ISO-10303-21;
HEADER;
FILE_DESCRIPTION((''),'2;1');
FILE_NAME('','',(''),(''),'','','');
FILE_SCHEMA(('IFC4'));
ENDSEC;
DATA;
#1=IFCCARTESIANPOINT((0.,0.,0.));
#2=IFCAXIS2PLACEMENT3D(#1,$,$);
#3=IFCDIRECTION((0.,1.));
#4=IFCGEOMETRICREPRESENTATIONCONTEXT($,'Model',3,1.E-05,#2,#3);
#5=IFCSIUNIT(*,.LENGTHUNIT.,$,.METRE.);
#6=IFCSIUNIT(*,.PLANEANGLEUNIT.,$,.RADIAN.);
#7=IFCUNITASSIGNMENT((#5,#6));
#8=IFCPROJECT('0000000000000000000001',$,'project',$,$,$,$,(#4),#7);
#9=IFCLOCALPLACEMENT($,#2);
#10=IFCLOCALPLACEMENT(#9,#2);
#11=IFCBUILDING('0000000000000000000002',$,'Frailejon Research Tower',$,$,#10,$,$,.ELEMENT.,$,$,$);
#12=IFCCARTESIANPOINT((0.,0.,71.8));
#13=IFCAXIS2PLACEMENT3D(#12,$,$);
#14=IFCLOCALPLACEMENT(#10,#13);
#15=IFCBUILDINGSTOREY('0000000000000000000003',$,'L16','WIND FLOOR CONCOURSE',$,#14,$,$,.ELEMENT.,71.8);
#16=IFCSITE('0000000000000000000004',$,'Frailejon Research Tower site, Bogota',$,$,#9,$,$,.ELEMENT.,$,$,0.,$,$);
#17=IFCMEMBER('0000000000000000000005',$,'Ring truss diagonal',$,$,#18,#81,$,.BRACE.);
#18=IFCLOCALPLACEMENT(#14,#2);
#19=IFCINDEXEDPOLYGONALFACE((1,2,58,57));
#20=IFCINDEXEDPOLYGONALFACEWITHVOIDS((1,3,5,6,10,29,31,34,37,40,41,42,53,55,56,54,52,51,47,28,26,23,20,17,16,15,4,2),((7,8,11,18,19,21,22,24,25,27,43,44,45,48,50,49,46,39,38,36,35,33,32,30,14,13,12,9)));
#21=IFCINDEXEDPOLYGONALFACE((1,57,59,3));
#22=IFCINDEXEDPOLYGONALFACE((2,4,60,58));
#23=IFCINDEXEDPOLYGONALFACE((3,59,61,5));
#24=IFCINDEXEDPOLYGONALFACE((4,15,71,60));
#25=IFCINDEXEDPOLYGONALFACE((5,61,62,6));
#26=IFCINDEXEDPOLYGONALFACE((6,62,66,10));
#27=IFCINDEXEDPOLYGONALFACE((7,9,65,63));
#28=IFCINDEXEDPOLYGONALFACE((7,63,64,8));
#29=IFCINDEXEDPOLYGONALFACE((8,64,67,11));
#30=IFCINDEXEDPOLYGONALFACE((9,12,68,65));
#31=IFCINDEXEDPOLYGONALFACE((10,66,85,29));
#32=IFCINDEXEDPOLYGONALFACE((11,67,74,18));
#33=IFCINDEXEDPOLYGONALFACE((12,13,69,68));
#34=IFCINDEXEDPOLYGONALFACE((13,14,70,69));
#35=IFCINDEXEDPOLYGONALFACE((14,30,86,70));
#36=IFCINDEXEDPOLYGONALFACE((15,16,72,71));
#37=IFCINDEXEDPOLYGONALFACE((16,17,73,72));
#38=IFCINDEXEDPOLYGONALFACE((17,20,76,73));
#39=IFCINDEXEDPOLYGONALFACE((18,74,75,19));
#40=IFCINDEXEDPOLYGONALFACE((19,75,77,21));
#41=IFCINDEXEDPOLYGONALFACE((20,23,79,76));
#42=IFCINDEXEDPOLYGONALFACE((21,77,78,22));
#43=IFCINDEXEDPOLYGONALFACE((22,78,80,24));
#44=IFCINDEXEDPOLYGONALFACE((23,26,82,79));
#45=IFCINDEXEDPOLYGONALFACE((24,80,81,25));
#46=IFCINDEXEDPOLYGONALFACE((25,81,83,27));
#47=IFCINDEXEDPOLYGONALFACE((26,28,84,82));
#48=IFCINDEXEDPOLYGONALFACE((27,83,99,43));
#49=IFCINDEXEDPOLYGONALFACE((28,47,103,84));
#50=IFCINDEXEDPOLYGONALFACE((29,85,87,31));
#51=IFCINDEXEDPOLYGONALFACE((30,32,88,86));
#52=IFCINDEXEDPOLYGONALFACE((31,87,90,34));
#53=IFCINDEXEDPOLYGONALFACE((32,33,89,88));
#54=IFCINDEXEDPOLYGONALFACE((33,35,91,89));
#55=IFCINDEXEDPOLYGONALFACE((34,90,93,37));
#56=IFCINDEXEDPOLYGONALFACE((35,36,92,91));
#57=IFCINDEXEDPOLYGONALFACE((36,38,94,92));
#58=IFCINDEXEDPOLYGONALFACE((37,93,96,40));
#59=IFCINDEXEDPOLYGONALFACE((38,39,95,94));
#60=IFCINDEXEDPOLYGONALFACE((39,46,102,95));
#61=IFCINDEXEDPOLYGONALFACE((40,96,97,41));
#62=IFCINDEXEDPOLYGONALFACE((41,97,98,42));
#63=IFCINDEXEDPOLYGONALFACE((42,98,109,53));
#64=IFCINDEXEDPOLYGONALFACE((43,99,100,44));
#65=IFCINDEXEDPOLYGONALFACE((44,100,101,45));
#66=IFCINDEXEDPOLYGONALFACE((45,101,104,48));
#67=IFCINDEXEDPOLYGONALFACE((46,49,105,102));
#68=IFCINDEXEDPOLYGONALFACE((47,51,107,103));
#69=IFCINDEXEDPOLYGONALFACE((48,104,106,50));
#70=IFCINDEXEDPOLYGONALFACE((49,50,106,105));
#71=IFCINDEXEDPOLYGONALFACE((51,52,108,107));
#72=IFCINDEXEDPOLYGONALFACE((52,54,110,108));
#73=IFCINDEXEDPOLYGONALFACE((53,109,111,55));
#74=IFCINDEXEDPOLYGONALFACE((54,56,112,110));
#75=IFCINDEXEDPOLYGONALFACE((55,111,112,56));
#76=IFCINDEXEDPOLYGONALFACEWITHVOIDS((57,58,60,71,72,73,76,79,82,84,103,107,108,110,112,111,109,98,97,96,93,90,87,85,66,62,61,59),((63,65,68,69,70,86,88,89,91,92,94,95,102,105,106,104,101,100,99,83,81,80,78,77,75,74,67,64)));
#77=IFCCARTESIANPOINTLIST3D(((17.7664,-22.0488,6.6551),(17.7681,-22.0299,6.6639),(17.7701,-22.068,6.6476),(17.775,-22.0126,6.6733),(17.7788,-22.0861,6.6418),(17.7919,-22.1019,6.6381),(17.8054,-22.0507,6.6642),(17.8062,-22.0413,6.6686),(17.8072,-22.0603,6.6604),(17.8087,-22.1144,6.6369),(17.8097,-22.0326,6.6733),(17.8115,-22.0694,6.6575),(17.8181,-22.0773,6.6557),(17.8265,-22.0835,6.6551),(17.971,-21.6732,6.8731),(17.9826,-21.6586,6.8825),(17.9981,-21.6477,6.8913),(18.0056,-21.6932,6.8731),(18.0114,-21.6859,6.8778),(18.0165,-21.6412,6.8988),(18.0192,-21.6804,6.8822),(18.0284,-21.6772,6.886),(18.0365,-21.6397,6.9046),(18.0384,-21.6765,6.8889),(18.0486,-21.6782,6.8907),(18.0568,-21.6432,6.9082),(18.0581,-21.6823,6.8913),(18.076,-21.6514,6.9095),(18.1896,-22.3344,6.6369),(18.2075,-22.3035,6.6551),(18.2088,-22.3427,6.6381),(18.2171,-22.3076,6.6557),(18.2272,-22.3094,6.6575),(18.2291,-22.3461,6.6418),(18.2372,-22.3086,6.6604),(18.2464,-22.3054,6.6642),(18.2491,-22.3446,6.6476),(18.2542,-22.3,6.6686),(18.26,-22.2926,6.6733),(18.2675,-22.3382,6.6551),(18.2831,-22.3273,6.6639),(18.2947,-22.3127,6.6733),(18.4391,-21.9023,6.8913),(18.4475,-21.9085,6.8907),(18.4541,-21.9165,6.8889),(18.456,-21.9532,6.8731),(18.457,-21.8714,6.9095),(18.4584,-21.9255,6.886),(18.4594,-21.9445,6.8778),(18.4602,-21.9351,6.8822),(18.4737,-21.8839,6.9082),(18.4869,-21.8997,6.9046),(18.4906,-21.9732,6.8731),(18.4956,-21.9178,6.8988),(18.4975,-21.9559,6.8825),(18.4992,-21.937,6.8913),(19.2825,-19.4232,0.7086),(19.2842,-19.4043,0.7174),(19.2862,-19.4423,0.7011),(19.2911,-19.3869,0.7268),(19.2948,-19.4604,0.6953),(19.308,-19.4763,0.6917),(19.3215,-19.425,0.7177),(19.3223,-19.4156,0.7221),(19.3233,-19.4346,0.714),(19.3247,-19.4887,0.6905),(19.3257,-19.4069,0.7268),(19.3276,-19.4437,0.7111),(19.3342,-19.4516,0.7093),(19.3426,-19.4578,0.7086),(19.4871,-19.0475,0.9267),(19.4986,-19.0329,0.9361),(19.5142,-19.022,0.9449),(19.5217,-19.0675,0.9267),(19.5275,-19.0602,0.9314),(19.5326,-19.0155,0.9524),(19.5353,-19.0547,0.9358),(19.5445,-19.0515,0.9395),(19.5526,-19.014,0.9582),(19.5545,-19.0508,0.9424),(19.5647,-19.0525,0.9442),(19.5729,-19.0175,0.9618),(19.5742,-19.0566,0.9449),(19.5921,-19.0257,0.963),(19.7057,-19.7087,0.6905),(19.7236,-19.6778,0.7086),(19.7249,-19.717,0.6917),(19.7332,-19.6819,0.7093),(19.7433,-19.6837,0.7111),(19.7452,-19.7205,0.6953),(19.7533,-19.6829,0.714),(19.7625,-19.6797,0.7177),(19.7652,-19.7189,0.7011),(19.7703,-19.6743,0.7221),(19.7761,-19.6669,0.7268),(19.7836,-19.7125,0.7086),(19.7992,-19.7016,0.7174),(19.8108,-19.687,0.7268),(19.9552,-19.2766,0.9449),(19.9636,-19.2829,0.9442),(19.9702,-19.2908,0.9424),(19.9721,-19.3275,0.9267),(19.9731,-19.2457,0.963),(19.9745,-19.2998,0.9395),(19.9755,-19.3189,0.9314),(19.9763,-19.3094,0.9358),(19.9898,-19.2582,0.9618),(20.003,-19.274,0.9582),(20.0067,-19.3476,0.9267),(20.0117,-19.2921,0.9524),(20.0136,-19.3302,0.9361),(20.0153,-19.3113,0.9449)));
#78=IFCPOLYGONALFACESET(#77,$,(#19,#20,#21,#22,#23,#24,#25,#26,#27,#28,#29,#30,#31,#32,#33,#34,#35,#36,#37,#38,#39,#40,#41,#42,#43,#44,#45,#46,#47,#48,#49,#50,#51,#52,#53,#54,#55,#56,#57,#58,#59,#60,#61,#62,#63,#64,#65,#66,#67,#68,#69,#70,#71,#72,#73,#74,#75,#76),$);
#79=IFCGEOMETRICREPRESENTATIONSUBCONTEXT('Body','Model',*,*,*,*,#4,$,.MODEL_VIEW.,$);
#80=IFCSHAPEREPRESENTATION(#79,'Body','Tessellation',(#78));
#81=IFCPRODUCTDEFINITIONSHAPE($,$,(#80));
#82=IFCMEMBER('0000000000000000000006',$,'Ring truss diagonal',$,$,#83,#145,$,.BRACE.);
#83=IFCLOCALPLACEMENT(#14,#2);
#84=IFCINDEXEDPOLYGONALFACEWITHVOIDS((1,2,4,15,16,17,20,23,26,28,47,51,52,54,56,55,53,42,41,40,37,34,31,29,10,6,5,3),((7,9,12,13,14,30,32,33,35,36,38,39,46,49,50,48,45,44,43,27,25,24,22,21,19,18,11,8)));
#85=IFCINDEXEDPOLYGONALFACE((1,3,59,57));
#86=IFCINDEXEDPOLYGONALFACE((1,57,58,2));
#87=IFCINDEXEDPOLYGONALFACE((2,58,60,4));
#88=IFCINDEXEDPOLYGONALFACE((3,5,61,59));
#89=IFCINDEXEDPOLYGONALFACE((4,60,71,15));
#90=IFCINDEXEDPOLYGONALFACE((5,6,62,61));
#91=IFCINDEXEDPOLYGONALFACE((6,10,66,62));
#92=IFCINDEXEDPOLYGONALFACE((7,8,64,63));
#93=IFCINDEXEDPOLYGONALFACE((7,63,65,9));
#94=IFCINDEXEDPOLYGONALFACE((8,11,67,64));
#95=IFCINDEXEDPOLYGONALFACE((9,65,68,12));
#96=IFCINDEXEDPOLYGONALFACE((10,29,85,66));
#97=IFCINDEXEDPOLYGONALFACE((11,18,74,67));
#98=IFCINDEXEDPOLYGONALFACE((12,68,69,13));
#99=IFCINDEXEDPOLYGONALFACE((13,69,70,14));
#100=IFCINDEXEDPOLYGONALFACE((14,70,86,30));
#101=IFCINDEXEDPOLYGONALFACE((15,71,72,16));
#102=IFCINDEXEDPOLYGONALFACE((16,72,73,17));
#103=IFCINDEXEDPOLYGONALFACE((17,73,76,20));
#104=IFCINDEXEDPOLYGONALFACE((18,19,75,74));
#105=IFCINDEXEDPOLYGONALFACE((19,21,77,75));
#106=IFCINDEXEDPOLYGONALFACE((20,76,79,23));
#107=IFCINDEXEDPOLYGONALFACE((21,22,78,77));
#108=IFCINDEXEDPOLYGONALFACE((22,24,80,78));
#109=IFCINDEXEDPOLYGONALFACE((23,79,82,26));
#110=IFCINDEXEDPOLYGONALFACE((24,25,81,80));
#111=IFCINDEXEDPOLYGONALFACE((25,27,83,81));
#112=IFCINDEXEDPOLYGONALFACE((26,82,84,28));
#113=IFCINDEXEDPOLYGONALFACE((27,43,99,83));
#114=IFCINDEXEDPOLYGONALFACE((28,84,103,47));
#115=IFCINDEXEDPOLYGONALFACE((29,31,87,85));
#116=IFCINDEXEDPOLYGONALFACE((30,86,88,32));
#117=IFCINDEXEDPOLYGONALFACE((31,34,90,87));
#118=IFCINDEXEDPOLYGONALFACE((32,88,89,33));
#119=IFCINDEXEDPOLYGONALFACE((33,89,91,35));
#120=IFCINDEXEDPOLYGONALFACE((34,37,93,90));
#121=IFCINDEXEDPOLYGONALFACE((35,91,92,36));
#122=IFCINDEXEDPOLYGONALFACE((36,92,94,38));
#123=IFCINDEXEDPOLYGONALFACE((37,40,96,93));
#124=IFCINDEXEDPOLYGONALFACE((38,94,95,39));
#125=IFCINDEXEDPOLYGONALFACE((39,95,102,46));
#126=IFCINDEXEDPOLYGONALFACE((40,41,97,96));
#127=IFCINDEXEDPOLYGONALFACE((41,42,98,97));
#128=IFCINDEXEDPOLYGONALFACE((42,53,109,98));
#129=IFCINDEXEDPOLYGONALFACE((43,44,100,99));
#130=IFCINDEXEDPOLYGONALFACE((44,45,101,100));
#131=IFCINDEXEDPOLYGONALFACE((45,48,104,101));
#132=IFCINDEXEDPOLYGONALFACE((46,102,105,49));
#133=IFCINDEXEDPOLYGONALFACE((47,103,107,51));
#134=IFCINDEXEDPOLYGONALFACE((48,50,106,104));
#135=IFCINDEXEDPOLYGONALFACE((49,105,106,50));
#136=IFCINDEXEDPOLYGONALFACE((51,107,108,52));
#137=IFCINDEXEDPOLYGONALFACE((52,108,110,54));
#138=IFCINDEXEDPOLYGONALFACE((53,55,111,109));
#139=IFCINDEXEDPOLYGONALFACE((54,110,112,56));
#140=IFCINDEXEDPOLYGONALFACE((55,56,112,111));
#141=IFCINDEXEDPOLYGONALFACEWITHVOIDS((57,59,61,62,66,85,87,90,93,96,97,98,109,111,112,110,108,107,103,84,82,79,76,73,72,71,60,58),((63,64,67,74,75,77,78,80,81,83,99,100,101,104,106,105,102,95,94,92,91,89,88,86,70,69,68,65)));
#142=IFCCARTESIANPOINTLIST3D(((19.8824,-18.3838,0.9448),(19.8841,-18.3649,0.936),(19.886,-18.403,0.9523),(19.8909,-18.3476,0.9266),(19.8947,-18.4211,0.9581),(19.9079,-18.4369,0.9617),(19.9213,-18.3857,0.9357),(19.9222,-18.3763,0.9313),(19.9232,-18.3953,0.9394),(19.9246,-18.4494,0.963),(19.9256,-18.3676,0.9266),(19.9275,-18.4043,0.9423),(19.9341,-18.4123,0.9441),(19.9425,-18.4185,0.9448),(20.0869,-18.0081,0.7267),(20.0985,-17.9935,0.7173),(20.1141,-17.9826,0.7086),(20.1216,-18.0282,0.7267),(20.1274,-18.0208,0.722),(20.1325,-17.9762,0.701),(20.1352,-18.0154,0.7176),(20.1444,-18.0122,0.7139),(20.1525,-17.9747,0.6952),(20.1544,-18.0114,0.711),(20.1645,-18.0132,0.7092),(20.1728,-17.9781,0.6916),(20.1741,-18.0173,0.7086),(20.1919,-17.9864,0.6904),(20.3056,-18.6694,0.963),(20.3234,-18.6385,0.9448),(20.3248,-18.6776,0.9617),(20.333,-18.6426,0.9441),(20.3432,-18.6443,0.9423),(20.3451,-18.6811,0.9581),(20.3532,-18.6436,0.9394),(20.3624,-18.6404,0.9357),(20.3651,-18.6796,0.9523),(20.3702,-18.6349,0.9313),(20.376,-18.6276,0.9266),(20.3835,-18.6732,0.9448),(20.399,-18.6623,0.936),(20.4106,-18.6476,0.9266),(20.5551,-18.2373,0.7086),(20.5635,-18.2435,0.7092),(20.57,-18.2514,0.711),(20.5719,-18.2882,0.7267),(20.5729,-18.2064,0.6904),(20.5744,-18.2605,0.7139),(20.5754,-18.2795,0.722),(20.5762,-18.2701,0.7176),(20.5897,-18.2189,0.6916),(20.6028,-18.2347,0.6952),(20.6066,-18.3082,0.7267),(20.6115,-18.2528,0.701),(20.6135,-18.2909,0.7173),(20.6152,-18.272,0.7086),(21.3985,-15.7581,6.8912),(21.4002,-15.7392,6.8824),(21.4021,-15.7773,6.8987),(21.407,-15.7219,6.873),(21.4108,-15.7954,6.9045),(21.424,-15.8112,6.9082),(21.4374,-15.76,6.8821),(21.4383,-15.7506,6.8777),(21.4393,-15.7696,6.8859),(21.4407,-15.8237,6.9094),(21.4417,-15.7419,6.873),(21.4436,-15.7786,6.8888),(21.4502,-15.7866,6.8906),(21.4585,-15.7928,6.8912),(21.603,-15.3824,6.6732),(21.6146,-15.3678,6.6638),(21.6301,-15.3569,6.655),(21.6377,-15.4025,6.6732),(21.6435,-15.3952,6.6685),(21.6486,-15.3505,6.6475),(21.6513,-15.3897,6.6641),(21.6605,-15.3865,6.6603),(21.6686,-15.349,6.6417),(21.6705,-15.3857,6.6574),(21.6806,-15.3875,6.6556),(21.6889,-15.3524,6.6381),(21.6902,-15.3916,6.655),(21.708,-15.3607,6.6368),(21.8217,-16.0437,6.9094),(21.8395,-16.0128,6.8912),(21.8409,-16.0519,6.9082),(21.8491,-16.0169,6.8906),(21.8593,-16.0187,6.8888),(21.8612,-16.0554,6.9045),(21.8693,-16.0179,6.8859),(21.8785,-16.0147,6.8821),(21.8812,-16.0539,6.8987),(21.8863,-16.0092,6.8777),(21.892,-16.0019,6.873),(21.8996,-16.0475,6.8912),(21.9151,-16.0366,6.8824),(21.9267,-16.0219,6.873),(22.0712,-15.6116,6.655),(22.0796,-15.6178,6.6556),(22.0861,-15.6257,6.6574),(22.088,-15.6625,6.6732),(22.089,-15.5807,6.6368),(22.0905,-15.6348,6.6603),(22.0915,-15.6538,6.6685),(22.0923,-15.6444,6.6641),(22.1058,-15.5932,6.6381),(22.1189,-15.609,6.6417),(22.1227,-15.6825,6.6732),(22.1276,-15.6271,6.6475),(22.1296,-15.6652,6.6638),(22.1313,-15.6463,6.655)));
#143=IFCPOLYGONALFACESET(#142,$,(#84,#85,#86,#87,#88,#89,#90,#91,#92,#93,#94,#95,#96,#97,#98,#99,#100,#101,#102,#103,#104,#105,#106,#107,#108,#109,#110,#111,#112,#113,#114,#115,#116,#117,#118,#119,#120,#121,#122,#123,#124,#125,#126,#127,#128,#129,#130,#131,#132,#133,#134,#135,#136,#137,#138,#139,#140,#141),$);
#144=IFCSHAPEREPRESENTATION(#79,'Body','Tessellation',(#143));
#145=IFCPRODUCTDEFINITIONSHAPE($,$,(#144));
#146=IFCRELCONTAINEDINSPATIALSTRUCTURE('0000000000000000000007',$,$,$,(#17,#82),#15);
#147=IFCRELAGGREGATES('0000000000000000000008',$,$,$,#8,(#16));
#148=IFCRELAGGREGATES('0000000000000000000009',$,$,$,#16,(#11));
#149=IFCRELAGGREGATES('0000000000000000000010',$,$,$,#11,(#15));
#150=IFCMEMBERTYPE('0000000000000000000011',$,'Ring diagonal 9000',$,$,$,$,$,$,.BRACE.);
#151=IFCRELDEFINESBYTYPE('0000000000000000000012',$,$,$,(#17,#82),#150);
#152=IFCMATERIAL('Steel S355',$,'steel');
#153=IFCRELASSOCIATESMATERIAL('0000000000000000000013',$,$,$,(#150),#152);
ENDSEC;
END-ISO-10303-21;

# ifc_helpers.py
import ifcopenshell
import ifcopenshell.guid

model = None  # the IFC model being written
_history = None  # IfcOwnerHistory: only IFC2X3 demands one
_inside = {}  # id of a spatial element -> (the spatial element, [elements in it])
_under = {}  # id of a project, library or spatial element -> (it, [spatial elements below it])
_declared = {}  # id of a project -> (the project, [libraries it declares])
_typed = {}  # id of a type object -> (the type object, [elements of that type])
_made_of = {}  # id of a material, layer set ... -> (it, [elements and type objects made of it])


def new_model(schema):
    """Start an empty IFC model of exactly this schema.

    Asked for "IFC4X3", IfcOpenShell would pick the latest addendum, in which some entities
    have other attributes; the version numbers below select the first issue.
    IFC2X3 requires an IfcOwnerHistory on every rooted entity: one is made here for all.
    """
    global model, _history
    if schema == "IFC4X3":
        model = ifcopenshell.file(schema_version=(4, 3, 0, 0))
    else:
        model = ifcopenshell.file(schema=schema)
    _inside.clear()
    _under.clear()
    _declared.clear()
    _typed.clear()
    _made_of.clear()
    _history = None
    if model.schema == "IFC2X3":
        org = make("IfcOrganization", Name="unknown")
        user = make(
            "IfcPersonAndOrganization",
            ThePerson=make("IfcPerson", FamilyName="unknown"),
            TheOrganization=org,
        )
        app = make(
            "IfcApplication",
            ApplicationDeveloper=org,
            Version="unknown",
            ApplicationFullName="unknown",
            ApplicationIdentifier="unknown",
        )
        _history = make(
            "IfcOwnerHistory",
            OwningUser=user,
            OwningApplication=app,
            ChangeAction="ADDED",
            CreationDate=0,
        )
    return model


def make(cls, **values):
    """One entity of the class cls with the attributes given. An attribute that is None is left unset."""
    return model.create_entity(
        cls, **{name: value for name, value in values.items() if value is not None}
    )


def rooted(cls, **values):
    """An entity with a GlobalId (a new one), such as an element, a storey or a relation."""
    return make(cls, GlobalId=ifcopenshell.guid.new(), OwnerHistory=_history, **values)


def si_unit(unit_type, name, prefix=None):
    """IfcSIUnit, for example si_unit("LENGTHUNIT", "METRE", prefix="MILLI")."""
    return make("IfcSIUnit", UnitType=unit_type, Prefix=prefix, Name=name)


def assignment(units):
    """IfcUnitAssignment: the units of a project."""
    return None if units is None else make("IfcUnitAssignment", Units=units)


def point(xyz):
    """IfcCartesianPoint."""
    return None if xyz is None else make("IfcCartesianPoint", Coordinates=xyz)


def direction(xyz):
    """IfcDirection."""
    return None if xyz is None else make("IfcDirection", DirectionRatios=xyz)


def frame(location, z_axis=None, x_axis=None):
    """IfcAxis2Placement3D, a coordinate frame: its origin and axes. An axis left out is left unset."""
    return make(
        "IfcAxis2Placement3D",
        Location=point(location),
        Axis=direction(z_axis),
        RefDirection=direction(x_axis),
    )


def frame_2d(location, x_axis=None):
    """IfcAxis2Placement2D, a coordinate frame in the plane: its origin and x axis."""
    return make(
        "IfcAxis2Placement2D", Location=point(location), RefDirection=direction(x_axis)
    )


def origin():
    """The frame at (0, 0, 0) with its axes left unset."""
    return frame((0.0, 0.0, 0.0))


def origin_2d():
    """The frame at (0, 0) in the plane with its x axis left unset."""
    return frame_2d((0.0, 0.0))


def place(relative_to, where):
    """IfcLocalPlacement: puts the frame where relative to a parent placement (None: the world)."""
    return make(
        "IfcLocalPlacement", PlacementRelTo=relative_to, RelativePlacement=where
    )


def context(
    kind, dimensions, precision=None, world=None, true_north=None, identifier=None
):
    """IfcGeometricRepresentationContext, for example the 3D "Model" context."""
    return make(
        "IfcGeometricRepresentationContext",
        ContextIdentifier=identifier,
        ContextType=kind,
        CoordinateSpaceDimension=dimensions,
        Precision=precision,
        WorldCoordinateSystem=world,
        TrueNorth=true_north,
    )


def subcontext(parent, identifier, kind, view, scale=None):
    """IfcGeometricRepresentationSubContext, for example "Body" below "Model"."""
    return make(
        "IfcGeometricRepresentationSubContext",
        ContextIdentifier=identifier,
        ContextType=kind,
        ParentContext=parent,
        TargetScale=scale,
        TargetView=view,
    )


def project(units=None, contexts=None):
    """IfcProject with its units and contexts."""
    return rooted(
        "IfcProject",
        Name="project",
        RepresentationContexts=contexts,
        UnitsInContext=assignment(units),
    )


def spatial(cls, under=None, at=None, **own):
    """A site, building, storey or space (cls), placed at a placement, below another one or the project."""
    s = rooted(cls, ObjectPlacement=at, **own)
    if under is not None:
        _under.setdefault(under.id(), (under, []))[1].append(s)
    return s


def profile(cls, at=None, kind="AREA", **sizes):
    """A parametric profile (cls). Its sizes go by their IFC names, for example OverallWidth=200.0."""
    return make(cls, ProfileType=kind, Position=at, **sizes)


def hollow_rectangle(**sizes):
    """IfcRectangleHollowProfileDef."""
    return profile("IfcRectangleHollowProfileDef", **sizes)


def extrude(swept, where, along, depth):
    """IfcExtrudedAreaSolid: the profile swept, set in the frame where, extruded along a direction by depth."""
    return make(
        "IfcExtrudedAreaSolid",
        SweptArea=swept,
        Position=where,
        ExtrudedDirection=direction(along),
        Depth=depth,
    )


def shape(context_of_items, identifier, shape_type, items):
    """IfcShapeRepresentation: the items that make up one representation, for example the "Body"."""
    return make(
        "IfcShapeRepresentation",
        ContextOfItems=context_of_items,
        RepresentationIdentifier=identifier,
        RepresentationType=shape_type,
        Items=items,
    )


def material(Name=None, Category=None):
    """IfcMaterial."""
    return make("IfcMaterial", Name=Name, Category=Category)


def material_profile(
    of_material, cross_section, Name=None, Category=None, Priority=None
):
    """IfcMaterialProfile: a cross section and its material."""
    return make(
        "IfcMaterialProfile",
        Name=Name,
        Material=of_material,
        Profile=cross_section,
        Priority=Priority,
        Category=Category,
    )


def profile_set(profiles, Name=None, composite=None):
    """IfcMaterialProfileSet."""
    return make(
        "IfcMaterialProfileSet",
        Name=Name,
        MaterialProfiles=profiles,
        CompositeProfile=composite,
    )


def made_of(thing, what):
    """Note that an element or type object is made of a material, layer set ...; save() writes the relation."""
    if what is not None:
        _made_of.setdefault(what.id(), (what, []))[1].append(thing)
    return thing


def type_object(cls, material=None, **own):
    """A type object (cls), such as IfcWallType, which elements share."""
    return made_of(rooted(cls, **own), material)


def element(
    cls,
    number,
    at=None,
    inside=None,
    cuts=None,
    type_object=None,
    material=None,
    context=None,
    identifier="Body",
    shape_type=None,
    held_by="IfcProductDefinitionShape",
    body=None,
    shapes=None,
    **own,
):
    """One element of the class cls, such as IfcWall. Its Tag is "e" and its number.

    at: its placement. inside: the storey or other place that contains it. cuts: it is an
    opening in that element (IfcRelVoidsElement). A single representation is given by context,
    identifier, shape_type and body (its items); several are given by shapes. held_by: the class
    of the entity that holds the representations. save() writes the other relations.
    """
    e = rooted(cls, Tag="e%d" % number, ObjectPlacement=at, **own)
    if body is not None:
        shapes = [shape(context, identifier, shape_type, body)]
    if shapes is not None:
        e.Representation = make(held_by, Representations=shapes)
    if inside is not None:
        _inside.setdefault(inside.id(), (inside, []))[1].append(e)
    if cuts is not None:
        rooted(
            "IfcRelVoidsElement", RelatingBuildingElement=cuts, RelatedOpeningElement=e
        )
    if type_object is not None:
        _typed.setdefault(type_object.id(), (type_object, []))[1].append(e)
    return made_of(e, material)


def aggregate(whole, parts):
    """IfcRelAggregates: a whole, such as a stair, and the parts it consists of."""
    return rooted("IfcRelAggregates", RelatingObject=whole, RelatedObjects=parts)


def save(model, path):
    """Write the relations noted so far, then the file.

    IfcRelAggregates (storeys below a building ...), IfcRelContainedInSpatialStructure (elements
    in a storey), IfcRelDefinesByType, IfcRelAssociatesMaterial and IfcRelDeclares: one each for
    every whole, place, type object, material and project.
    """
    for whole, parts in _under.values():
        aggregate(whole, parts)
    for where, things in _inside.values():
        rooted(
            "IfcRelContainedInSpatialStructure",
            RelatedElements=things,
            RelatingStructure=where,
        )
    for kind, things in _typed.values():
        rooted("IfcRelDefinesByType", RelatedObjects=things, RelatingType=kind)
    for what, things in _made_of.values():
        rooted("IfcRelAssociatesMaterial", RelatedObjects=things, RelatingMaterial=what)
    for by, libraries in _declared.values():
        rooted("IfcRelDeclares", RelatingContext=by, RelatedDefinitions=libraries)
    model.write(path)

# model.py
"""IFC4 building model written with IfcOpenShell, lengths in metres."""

from ifc_helpers import new_model, si_unit, direction, frame, origin, origin_2d, place, context, subcontext, project, spatial, hollow_rectangle, extrude, material, material_profile, profile_set, type_object, element, save


model = new_model("IFC4")

# Units and contexts
model_context = context("Model", 3, precision=1e-05, world=origin(), true_north=direction((0.0, 1.0)))
body_context = subcontext(model_context, "Body", "Model", "MODEL_VIEW")
ifc_project = project(units=[si_unit("LENGTHUNIT", "METRE"), si_unit("PLANEANGLEUNIT", "RADIAN")], contexts=[model_context])

# Site, building, storey
site_placement = place(None, origin())
site = spatial("IfcSite", under=ifc_project, at=site_placement, Name="Frailejon Research Tower site, Bogota", CompositionType="ELEMENT", RefElevation=0.0)
building_placement = place(site_placement, origin())
building = spatial("IfcBuilding", under=site, at=building_placement, Name="Frailejon Research Tower", CompositionType="ELEMENT")
storey_placement = place(building_placement, frame((0.0, 0.0, 71.8)))
storey = spatial("IfcBuildingStorey", under=building, at=storey_placement, Name="L16", Description="WIND FLOOR CONCOURSE", CompositionType="ELEMENT", Elevation=71.8)

# Members
ifc_material_1 = material(Name="Steel S355", Category="steel")
ifc_material_profile_1 = material_profile(ifc_material_1, hollow_rectangle(XDim=0.6001, YDim=0.6001, WallThickness=0.04, InnerFilletRadius=0.04, OuterFilletRadius=0.0801, at=origin_2d()), Name="Ring diagonal 9000")
ifc_profile_set_1 = profile_set([ifc_material_profile_1], Name="Steel S355")
member_type = type_object("IfcMemberType", Name="Ring diagonal 9000", PredefinedType="BRACE", material=ifc_profile_set_1)
for number, where, z_axis, x_axis, name in (
    (1, (18.1328, -21.9929, 6.7732), (0.227136, 0.393374, -0.890879), (-0.866005, 0.500036, 0.0), "Ring truss diagonal"),
    (2, (20.2488, -18.3279, 0.8267), (0.227136, 0.393374, 0.890879), (-0.866005, 0.500036, 0.0), "Ring truss diagonal"),
):
    element("IfcMember", number, at=place(storey_placement, frame(where, z_axis=z_axis, x_axis=x_axis)), inside=storey, type_object=member_type, Name=name, PredefinedType="BRACE", context=body_context, shape_type="SweptSolid", body=[
        extrude(hollow_rectangle(XDim=0.6001, YDim=0.6001, WallThickness=0.04, InnerFilletRadius=0.04, OuterFilletRadius=0.0801, at=origin_2d()), origin(), (0.0, 0.0, 1.0), 6.6748),
    ])

save(model, "model.ifc")
